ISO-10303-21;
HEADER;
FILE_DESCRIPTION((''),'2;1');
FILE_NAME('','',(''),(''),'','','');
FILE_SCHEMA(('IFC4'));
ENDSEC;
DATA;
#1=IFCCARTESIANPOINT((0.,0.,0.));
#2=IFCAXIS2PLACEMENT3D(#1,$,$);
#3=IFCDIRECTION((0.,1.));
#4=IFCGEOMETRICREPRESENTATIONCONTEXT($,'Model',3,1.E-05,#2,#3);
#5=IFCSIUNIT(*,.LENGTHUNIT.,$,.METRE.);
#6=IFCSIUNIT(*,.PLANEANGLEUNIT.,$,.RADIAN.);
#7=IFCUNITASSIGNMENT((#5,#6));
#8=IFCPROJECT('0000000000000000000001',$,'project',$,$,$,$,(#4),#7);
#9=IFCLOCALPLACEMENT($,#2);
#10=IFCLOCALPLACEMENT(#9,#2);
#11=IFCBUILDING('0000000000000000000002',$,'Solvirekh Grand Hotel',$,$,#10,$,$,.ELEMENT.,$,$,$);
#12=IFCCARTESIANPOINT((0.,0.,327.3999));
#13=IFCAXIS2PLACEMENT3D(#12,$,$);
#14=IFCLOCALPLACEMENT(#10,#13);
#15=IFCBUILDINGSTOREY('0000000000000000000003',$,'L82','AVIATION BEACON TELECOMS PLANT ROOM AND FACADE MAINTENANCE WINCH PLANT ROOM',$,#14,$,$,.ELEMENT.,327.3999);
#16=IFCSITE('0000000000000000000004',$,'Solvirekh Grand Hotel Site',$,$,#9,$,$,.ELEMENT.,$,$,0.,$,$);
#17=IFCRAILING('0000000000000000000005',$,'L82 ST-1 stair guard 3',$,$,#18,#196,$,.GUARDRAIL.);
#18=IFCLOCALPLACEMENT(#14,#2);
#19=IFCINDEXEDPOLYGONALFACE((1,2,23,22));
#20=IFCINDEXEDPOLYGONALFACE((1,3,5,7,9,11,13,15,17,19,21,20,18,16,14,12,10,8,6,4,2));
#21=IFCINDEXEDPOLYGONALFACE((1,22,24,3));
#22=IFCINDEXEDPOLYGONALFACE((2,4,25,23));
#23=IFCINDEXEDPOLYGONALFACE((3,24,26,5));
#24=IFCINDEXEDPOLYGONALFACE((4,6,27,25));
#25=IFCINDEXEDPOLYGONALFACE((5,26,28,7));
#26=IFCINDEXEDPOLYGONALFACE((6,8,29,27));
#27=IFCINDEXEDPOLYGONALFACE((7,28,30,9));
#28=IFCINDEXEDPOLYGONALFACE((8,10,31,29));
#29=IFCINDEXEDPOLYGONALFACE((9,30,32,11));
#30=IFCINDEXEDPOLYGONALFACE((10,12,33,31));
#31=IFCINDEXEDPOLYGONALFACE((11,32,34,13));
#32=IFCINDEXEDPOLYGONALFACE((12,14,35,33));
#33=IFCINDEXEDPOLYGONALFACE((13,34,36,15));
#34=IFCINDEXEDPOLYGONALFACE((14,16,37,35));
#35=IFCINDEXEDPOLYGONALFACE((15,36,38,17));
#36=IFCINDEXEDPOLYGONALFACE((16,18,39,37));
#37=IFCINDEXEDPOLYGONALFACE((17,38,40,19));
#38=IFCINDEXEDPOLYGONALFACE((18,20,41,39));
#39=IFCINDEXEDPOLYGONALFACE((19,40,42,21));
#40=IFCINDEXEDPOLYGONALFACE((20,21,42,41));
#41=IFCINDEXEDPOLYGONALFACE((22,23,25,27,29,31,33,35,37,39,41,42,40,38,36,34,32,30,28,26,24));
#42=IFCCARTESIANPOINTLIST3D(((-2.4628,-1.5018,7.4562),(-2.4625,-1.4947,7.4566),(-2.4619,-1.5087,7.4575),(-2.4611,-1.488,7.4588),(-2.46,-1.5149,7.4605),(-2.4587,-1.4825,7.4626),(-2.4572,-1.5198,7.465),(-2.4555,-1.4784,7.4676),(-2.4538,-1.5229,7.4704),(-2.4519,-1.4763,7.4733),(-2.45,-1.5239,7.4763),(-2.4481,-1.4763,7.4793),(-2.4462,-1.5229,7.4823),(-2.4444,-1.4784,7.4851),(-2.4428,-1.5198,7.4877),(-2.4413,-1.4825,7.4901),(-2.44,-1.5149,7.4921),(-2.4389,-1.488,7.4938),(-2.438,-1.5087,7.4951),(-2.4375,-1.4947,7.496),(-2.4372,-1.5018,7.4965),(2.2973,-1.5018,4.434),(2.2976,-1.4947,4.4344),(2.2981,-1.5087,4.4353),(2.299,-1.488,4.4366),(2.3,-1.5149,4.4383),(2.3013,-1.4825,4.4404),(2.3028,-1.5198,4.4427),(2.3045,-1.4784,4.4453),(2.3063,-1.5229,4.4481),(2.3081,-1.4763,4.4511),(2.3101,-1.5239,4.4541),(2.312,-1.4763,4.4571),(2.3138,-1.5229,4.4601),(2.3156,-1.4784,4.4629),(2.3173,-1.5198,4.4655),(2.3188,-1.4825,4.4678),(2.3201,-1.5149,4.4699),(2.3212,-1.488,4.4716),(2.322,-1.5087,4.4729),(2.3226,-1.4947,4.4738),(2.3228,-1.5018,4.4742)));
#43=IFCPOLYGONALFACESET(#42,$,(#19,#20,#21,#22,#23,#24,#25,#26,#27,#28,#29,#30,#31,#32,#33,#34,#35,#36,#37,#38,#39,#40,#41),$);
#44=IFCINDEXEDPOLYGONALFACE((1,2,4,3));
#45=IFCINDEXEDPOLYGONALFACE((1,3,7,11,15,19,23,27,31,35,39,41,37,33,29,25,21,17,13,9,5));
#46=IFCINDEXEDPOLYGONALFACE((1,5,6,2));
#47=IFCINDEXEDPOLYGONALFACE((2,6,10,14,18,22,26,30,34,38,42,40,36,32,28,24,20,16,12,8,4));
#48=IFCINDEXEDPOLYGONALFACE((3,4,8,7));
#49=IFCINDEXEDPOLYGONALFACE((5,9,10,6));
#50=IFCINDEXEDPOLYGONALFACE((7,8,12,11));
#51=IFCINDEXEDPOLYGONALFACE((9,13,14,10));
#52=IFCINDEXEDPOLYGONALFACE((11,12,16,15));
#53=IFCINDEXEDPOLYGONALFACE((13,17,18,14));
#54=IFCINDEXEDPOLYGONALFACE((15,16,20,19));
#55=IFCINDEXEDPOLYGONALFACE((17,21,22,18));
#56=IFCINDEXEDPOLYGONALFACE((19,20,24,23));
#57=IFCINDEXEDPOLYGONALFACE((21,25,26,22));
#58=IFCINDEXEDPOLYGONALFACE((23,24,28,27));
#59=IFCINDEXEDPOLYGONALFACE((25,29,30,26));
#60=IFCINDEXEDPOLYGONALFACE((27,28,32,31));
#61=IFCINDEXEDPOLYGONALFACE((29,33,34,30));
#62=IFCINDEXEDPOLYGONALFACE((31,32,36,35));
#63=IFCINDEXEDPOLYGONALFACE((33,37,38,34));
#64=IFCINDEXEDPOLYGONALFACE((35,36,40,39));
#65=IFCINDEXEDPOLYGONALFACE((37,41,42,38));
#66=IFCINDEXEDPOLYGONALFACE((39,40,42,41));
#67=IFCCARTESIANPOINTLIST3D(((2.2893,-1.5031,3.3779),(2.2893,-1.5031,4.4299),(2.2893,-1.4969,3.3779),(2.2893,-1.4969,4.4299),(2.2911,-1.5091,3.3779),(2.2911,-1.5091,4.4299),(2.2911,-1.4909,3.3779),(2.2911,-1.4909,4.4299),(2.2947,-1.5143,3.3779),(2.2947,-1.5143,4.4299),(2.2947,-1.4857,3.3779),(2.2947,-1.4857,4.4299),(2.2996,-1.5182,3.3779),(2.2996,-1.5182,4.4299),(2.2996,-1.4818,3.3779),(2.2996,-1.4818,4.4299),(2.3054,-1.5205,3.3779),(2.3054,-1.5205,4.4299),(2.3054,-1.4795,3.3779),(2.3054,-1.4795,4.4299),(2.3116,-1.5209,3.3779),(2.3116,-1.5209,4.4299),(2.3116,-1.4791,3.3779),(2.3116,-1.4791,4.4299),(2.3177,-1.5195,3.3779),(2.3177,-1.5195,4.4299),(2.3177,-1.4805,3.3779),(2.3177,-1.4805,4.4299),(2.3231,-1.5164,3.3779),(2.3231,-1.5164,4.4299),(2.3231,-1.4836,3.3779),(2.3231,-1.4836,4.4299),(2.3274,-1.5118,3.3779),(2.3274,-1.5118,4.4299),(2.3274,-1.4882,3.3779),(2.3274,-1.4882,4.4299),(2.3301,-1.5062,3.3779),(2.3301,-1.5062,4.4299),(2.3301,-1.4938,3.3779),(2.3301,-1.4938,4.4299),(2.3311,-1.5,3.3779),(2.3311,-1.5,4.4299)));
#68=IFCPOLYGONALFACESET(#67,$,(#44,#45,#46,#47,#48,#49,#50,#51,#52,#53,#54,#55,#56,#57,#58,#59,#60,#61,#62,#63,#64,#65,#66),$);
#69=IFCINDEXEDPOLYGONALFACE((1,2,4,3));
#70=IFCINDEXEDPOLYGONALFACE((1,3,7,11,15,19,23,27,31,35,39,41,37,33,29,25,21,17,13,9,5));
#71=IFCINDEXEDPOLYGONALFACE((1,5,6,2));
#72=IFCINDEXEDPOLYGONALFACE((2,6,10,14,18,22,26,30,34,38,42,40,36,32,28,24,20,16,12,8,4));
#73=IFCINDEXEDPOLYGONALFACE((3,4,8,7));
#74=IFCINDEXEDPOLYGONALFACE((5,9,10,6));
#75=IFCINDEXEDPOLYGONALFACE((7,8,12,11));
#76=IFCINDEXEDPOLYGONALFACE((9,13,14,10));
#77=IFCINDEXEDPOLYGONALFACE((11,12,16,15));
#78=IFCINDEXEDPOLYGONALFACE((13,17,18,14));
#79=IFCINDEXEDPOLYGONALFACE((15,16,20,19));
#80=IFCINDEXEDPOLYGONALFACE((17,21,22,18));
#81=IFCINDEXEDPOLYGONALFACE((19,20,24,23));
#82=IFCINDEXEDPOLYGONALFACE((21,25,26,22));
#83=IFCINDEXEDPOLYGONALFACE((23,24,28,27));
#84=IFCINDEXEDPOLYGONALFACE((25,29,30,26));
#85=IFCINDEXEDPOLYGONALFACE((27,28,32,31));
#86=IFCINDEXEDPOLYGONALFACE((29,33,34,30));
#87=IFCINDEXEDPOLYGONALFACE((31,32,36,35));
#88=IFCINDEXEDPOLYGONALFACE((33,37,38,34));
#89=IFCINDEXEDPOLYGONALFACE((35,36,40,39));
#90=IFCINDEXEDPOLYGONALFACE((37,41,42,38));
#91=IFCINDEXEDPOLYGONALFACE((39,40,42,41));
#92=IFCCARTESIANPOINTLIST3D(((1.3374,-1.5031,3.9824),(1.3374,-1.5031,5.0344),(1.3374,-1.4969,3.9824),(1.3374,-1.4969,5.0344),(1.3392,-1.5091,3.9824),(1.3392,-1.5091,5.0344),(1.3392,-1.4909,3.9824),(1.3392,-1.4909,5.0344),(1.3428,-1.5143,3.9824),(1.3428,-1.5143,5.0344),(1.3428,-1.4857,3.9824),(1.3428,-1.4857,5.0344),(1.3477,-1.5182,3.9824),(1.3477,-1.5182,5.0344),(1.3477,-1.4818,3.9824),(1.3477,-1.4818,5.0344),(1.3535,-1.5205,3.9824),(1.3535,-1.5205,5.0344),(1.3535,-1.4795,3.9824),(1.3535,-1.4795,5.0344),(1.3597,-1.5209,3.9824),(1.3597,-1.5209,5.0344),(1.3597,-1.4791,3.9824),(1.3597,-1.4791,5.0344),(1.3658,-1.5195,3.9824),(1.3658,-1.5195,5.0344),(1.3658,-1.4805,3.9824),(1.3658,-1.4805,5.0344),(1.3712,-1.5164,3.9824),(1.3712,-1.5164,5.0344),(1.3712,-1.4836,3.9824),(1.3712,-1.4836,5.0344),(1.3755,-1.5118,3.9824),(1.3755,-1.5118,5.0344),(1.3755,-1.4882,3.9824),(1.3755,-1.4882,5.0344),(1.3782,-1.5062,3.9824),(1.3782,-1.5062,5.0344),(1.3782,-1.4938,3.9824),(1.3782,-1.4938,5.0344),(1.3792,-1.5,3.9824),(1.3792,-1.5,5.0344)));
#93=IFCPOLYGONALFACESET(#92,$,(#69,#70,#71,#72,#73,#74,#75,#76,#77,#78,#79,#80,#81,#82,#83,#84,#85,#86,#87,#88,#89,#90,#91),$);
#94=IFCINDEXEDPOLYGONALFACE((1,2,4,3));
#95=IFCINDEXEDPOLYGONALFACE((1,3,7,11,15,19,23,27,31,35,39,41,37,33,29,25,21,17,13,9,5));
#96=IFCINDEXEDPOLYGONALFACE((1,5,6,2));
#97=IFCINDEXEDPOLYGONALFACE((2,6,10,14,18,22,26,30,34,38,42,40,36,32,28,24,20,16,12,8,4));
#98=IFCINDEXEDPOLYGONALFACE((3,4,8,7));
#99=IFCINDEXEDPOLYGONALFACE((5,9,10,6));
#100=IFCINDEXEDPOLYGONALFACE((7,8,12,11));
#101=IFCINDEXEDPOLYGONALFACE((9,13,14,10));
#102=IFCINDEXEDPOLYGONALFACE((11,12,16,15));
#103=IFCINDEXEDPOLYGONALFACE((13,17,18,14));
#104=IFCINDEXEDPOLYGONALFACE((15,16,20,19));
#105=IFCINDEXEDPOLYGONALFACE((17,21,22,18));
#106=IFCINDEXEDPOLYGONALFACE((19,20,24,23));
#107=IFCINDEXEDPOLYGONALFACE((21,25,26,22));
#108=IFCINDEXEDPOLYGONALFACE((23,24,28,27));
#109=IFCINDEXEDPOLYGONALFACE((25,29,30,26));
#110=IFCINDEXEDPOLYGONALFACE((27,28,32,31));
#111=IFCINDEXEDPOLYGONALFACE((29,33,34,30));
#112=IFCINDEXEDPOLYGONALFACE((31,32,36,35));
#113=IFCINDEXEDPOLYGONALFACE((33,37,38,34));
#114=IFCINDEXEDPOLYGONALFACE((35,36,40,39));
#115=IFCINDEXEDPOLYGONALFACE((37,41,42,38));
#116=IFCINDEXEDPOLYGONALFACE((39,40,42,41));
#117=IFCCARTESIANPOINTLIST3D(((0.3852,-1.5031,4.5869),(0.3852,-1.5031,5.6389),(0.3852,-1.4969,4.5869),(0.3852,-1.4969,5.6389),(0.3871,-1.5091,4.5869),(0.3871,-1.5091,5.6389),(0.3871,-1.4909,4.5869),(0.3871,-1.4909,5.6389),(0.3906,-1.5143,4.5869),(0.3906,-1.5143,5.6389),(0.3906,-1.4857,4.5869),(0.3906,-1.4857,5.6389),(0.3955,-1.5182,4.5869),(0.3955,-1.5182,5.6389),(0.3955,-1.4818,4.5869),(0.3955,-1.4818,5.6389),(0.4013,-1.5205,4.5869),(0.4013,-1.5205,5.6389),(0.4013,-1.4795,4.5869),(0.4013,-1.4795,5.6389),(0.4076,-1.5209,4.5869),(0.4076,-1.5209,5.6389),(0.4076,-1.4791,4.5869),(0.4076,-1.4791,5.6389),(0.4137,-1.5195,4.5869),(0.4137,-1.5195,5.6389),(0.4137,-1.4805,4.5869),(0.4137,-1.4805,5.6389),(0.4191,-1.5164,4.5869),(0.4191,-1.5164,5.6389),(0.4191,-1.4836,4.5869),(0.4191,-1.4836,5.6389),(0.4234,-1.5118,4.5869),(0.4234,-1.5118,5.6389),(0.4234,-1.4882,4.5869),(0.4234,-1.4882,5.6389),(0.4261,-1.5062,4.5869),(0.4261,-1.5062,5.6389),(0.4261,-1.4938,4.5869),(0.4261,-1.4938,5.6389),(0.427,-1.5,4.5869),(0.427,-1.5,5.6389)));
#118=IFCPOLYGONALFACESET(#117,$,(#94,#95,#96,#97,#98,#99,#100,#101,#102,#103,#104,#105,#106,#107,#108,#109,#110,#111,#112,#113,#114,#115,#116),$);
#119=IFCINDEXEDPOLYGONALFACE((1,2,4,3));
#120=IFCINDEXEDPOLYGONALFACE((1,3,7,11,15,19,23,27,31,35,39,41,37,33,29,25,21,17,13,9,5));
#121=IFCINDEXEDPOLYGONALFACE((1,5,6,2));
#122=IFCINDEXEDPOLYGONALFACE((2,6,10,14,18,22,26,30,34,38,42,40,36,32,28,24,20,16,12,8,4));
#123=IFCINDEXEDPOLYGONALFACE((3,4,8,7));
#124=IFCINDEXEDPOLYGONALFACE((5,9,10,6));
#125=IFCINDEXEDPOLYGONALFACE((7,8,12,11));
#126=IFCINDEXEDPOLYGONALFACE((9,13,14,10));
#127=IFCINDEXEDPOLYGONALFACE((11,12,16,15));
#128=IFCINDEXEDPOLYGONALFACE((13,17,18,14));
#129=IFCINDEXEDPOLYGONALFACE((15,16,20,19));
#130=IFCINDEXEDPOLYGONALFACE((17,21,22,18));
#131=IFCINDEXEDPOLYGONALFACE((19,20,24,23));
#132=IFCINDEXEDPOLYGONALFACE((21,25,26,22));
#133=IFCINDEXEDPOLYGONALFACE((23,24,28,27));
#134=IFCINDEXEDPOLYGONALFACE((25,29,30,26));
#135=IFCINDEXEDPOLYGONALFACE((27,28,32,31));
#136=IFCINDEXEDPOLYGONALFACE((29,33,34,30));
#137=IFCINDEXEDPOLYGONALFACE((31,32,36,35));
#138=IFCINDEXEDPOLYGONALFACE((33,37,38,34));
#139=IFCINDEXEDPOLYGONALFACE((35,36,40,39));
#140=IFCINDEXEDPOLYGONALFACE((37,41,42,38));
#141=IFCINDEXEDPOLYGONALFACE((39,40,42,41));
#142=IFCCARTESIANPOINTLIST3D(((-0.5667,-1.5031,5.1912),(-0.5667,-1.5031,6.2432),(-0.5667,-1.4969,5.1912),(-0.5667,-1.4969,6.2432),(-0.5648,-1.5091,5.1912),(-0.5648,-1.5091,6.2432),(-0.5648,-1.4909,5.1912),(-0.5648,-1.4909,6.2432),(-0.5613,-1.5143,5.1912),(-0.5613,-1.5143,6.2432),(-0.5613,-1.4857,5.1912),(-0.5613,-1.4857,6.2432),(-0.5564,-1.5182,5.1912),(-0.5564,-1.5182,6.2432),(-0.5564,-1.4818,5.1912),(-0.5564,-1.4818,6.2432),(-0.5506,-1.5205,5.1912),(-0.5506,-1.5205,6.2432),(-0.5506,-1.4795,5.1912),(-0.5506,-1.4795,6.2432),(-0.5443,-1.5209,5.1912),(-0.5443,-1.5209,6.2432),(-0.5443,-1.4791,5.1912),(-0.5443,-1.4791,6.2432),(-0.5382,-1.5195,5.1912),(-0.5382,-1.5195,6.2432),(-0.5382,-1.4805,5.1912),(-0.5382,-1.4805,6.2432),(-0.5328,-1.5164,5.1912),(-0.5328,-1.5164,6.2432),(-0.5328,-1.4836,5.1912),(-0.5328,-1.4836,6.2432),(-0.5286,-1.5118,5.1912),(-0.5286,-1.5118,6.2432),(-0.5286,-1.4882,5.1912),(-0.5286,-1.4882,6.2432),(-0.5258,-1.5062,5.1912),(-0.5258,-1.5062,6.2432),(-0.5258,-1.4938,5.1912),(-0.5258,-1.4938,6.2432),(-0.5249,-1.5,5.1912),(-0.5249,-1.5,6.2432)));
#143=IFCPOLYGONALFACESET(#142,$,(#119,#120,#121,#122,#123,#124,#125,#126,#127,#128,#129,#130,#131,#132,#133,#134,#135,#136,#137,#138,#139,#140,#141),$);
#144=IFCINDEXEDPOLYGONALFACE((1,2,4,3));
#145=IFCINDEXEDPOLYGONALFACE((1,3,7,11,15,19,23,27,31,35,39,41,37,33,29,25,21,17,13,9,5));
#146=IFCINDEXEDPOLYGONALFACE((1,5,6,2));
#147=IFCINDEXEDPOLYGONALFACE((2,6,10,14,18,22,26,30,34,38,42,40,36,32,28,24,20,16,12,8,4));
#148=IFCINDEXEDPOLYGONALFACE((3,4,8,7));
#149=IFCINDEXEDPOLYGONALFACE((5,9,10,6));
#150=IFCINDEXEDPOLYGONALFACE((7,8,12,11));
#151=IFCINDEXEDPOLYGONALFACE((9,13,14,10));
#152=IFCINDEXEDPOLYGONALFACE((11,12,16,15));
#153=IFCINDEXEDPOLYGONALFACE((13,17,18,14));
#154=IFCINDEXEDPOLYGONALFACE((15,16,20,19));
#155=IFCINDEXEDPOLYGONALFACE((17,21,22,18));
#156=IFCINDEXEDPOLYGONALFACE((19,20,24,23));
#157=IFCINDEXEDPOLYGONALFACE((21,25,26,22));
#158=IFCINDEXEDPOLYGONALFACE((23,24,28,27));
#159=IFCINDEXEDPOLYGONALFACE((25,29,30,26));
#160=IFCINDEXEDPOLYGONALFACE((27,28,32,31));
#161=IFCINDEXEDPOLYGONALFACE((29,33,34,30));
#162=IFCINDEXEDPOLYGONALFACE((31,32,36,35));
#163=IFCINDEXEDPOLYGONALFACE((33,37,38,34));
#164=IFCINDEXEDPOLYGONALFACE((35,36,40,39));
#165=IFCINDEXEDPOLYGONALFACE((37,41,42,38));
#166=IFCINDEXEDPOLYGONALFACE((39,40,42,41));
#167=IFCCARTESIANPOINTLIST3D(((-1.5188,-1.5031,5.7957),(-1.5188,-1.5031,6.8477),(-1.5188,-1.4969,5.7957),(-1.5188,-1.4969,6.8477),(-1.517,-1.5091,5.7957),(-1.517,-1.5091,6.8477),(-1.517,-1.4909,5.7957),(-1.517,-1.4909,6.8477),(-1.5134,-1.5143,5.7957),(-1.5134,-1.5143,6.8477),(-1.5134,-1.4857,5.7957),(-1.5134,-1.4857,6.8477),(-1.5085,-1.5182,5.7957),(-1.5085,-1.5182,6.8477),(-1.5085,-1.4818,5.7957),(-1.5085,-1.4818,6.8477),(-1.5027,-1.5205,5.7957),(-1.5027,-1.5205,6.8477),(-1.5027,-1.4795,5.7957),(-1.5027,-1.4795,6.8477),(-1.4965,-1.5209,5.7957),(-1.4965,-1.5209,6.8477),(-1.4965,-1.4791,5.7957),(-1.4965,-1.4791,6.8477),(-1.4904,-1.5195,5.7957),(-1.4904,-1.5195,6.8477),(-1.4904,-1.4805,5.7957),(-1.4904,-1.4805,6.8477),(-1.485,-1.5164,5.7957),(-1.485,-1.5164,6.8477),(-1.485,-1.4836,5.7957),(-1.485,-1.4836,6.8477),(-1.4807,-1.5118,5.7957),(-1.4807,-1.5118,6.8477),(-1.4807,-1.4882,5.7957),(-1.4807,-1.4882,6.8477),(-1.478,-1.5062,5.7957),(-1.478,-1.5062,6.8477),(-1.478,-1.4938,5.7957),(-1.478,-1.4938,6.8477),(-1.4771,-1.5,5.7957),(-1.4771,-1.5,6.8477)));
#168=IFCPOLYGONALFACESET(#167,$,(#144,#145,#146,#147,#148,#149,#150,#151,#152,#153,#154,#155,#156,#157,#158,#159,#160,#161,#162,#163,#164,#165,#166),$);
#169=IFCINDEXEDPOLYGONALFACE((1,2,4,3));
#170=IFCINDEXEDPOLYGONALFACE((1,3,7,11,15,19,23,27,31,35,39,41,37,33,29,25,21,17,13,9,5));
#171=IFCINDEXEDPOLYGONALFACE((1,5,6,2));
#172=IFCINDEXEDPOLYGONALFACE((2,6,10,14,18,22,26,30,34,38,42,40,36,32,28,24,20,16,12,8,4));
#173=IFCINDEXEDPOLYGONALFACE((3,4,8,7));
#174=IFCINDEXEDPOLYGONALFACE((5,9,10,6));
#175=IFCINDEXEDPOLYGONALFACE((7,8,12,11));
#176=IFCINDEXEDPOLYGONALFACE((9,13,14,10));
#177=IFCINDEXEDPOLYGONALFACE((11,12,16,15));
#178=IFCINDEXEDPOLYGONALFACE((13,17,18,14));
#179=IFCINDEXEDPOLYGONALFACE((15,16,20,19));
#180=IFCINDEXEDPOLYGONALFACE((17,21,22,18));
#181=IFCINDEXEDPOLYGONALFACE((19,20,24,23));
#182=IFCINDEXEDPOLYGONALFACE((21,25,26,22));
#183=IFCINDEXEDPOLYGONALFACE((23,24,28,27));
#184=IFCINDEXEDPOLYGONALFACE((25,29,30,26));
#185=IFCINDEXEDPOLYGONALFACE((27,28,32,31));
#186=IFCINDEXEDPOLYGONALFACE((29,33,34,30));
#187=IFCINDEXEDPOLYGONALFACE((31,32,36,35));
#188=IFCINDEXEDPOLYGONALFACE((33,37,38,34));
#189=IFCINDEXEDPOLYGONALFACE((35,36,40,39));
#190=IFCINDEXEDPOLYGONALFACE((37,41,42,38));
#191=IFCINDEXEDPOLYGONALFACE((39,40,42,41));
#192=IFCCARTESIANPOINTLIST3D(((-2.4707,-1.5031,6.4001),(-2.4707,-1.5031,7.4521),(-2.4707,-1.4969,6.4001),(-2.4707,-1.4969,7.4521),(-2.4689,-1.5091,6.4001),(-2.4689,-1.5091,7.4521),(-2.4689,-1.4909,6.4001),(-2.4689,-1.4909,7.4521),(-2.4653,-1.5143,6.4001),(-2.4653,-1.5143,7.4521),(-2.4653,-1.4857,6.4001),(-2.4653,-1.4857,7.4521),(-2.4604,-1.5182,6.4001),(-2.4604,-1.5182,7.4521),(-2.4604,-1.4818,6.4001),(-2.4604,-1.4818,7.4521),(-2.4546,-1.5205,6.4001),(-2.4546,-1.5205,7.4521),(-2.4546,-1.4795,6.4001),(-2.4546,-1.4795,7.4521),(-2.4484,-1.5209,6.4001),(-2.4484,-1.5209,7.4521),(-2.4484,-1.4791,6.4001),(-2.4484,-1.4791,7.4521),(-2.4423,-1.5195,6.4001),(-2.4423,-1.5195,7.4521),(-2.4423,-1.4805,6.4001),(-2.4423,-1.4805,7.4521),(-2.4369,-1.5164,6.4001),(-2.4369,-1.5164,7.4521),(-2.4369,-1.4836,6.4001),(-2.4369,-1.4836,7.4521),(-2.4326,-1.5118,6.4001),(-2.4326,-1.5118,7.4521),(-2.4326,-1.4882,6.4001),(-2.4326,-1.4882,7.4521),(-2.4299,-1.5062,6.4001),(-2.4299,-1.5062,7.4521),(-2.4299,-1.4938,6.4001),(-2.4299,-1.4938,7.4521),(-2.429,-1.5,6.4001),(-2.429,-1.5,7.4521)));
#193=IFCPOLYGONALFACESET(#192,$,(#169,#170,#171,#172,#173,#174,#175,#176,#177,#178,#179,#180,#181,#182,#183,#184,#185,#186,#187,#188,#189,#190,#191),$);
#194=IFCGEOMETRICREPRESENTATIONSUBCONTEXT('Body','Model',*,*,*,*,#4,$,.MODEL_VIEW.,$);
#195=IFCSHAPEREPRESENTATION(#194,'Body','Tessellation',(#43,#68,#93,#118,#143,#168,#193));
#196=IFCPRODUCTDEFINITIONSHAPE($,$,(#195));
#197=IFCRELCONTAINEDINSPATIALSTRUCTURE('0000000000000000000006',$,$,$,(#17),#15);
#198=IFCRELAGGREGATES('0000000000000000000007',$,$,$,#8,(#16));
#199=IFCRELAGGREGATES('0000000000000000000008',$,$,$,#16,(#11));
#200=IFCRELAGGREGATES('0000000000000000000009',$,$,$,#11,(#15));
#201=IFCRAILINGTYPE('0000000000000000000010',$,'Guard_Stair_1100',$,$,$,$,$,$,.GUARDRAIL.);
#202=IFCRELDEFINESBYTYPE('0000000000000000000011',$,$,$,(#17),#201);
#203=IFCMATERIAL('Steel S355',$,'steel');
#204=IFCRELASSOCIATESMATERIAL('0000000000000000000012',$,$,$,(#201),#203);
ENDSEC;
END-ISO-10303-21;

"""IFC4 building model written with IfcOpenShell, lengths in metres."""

from ifc_helpers import new_model, si_unit, direction, frame, origin, origin_2d, place, context, subcontext, project, spatial, circle, extrude, material, type_object, element, save


model = new_model("IFC4")

# Units and contexts
model_context = context("Model", 3, precision=1e-05, world=origin(), true_north=direction((0.0, 1.0)))
body_context = subcontext(model_context, "Body", "Model", "MODEL_VIEW")
ifc_project = project(units=[si_unit("LENGTHUNIT", "METRE"), si_unit("PLANEANGLEUNIT", "RADIAN")], contexts=[model_context])

# Site, building, storey
site_placement = place(None, origin())
site = spatial("IfcSite", under=ifc_project, at=site_placement, Name="Solvirekh Grand Hotel Site", CompositionType="ELEMENT", RefElevation=0.0)
building_placement = place(site_placement, origin())
building = spatial("IfcBuilding", under=site, at=building_placement, Name="Solvirekh Grand Hotel", CompositionType="ELEMENT")
storey_placement = place(building_placement, frame((0.0, 0.0, 327.3999)))
storey = spatial("IfcBuildingStorey", under=building, at=storey_placement, Name="L82", Description="AVIATION BEACON TELECOMS PLANT ROOM AND FACADE MAINTENANCE WINCH PLANT ROOM", CompositionType="ELEMENT", Elevation=327.3999)

# Shared definitions
ifc_material_1 = material(Name="Steel S355", Category="steel")

# Railing
railing_type_1 = type_object("IfcRailingType", Name="Guard_Stair_1100", PredefinedType="GUARDRAIL", material=ifc_material_1)
railing_1_placement = place(storey_placement, frame((2.3101, -1.5, 3.3779)))
element("IfcRailing", 1, at=railing_1_placement, inside=storey, type_object=railing_type_1, Name="L82 ST-1 stair guard 3", PredefinedType="GUARDRAIL", context=body_context, shape_type="SweptSolid", body=[
    extrude(circle(Radius=0.0239, at=origin_2d()), frame((0.0, 0.0, 1.0762), z_axis=(-0.844214, 0.0, 0.536007), x_axis=(0.0, -1.0, 0.0)), (0.0, 0.0, 1.0), 5.6384),
    extrude(circle(Radius=0.021, at=origin_2d()), origin(), (0.0, 0.0, 1.0), 1.052),
    extrude(circle(Radius=0.021, at=origin_2d()), frame((-0.9519, 0.0, 0.6045)), (0.0, 0.0, 1.0), 1.052),
    extrude(circle(Radius=0.021, at=origin_2d()), frame((-1.9041, 0.0, 1.209)), (0.0, 0.0, 1.0), 1.052),
    extrude(circle(Radius=0.021, at=origin_2d()), frame((-2.856, 0.0, 1.8132)), (0.0, 0.0, 1.0), 1.052),
    extrude(circle(Radius=0.021, at=origin_2d()), frame((-3.8081, 0.0, 2.4177)), (0.0, 0.0, 1.0), 1.052),
    extrude(circle(Radius=0.021, at=origin_2d()), frame((-4.76, 0.0, 3.0222)), (0.0, 0.0, 1.0), 1.052),
])

save(model, "model.ifc")
